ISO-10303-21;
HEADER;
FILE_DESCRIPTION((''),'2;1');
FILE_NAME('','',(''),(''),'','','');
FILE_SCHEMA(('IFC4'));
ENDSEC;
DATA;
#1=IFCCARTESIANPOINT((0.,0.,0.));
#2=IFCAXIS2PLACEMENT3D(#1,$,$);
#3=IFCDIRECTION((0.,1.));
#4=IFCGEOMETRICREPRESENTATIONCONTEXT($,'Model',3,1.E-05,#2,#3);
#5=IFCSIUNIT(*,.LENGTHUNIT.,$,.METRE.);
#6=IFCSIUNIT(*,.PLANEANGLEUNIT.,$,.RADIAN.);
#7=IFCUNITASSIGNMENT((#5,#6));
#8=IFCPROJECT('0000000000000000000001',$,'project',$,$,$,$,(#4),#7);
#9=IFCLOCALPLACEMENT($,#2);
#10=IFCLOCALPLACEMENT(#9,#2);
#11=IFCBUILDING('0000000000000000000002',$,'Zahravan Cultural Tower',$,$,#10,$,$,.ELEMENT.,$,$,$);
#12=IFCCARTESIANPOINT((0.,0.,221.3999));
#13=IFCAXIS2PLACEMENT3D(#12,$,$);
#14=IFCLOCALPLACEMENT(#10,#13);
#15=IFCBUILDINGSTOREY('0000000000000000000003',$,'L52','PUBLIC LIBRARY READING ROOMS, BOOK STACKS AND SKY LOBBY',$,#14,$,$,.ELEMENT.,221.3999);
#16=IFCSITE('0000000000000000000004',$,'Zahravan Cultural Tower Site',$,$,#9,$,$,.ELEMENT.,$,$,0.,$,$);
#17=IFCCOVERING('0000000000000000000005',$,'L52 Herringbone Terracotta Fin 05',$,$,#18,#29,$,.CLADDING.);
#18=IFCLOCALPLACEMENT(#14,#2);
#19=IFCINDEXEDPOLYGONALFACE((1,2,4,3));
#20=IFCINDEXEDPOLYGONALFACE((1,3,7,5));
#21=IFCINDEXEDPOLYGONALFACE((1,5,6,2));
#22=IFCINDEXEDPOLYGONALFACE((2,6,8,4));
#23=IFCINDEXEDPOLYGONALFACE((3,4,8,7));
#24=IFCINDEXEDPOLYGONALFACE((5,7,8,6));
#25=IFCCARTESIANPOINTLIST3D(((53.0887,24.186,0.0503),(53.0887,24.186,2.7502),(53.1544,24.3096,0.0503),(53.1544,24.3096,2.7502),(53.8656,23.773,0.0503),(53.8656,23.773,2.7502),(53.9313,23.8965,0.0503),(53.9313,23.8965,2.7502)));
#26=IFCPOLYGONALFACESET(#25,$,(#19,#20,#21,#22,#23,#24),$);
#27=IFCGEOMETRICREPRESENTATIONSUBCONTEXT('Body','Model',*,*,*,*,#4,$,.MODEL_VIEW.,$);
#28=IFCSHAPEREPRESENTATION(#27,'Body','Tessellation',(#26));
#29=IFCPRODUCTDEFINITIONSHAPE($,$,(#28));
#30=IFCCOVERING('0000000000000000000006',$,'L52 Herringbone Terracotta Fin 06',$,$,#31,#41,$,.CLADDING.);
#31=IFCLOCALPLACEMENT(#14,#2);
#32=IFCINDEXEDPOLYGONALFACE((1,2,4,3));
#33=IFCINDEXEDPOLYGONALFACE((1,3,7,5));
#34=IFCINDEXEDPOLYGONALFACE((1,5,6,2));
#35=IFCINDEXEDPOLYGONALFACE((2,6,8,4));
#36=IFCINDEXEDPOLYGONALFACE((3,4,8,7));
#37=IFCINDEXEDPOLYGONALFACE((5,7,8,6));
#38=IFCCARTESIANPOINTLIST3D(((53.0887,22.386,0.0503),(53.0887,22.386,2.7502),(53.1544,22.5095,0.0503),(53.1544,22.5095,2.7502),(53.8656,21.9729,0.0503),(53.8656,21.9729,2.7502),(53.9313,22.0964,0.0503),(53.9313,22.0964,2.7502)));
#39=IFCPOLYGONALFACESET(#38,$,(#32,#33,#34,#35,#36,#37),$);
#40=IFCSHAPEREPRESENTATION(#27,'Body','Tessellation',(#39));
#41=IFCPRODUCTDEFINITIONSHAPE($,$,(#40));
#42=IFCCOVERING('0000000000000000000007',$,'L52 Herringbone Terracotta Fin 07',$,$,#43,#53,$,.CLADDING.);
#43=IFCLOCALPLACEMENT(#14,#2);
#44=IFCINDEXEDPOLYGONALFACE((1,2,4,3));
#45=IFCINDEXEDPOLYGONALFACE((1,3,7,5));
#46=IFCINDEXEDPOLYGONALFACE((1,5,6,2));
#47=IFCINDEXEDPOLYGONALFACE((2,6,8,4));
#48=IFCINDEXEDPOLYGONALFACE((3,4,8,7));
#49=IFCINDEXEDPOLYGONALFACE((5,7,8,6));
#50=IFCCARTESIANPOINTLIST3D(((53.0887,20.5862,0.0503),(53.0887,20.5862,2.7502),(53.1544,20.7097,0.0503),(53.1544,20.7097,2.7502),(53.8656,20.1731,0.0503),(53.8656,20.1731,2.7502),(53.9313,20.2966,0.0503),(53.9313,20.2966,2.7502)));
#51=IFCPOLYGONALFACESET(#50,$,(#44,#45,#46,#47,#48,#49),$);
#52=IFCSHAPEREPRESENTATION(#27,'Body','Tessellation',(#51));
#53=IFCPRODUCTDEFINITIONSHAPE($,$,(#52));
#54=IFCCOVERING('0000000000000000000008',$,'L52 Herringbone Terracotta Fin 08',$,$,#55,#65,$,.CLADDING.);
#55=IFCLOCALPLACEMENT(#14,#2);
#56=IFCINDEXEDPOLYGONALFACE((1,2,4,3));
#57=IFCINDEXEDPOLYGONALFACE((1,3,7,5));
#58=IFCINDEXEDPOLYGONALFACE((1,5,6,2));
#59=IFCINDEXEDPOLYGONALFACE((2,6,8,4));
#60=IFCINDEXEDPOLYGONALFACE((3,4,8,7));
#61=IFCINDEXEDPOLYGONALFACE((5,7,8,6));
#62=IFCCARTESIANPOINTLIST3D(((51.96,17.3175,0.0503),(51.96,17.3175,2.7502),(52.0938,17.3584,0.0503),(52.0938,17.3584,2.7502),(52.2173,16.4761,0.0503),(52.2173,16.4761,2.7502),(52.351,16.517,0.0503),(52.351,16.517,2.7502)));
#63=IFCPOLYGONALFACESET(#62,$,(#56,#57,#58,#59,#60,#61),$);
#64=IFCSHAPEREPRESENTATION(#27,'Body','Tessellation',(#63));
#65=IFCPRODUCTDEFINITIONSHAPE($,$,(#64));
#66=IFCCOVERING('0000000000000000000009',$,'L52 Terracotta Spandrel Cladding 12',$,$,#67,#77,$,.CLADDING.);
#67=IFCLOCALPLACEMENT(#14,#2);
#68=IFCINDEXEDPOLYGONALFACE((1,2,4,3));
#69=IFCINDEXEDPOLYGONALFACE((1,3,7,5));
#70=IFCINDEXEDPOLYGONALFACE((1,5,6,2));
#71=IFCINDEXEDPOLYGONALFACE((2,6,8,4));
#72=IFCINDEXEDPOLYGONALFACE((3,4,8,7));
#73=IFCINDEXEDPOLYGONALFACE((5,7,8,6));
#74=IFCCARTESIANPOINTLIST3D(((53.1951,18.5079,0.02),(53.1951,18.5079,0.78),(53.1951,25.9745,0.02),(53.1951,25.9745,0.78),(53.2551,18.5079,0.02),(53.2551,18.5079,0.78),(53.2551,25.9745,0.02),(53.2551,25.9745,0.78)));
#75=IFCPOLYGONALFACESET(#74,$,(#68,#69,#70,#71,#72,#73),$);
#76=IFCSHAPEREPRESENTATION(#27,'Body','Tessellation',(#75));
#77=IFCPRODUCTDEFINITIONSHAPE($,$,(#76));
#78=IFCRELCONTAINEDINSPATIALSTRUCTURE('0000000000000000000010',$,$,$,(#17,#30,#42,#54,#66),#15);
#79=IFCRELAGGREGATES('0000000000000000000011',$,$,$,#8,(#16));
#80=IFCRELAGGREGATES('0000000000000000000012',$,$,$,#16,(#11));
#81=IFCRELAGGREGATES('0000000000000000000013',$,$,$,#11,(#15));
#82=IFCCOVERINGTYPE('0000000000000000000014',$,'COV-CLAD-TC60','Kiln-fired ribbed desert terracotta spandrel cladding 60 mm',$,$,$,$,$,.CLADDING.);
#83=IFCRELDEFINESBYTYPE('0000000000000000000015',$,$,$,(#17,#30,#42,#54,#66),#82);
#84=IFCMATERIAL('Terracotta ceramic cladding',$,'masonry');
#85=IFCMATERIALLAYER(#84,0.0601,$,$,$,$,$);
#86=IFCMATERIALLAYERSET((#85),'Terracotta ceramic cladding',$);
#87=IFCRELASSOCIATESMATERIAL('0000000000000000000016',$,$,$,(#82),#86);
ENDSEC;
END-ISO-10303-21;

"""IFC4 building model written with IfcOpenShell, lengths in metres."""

from ifc_helpers import new_model, si_unit, direction, frame, origin, origin_2d, place, context, subcontext, project, spatial, rectangle, extrude, source, transform, mapped, material, layer, layer_set, type_object, element, save


model = new_model("IFC4")

# Units and contexts
model_context = context("Model", 3, precision=1e-05, world=origin(), true_north=direction((0.0, 1.0)))
body_context = subcontext(model_context, "Body", "Model", "MODEL_VIEW")
ifc_project = project(units=[si_unit("LENGTHUNIT", "METRE"), si_unit("PLANEANGLEUNIT", "RADIAN")], contexts=[model_context])

# Site, building, storey
site_placement = place(None, origin())
site = spatial("IfcSite", under=ifc_project, at=site_placement, Name="Zahravan Cultural Tower Site", CompositionType="ELEMENT", RefElevation=0.0)
building_placement = place(site_placement, origin())
building = spatial("IfcBuilding", under=site, at=building_placement, Name="Zahravan Cultural Tower", CompositionType="ELEMENT")
storey_placement = place(building_placement, frame((0.0, 0.0, 221.3999)))
storey = spatial("IfcBuildingStorey", under=building, at=storey_placement, Name="L52", Description="PUBLIC LIBRARY READING ROOMS, BOOK STACKS AND SKY LOBBY", CompositionType="ELEMENT", Elevation=221.3999)

# Coverings
ifc_material_1 = material(Name="Terracotta ceramic cladding", Category="masonry")
ifc_layer_1 = layer(ifc_material_1, 0.0601)
ifc_layer_set_1 = layer_set([ifc_layer_1], Name="Terracotta ceramic cladding")
covering_type = type_object("IfcCoveringType", Name="COV-CLAD-TC60", Description="Kiln-fired ribbed desert terracotta spandrel cladding 60 mm", PredefinedType="CLADDING", material=ifc_layer_set_1)
shared_shape_1 = source(origin(), body_context, "Body", "SweptSolid", [
    extrude(rectangle(XDim=0.8799, YDim=0.1399, at=origin_2d()), origin(), (0.0, 0.0, 1.0), 2.7),
])
for number, where, z_axis, x_axis, name in (
    (1, (53.51, 24.0413, 0.0503), (0.0, 0.0, 1.0), (0.882948, -0.469472, 0.0), "L52 Herringbone Terracotta Fin 05"),
    (2, (53.51, 22.2412, 0.0503), (0.0, 0.0, 1.0), (0.882948, -0.469472, 0.0), "L52 Herringbone Terracotta Fin 06"),
    (3, (53.51, 20.4414, 0.0503), (0.0, 0.0, 1.0), (0.882948, -0.469472, 0.0), "L52 Herringbone Terracotta Fin 07"),
    (4, (52.1555, 16.9172, 0.0503), (0.0, 0.0, 1.0), (0.292372, -0.956305, 0.0), "L52 Herringbone Terracotta Fin 08"),
):
    element("IfcCovering", number, at=place(storey_placement, frame(where, z_axis=z_axis, x_axis=x_axis)), inside=storey, type_object=covering_type, Name=name, PredefinedType="CLADDING", context=body_context, shape_type="MappedRepresentation", body=[
        mapped(shared_shape_1, transform((0.0, 0.0, 0.0), x_axis=(1.0, 0.0, 0.0), y_axis=(0.0, 1.0, 0.0), z_axis=(0.0, 0.0, 1.0), scale=1.0)),
    ])
shared_shape_2 = source(origin(), body_context, "Body", "SweptSolid", [
    extrude(rectangle(XDim=7.4666, YDim=0.0601, at=origin_2d()), origin(), (0.0, 0.0, 1.0), 0.76),
])
covering_placement = place(storey_placement, frame((53.2251, 22.2412, 0.02), z_axis=(0.0, 0.0, 1.0), x_axis=(0.0, -1.0, 0.0)))
element("IfcCovering", 5, at=covering_placement, inside=storey, type_object=covering_type, Name="L52 Terracotta Spandrel Cladding 12", PredefinedType="CLADDING", context=body_context, shape_type="MappedRepresentation", body=[
    mapped(shared_shape_2, transform((0.0, 0.0, 0.0), x_axis=(1.0, 0.0, 0.0), y_axis=(0.0, 1.0, 0.0), z_axis=(0.0, 0.0, 1.0), scale=1.0)),
])

save(model, "model.ifc")
